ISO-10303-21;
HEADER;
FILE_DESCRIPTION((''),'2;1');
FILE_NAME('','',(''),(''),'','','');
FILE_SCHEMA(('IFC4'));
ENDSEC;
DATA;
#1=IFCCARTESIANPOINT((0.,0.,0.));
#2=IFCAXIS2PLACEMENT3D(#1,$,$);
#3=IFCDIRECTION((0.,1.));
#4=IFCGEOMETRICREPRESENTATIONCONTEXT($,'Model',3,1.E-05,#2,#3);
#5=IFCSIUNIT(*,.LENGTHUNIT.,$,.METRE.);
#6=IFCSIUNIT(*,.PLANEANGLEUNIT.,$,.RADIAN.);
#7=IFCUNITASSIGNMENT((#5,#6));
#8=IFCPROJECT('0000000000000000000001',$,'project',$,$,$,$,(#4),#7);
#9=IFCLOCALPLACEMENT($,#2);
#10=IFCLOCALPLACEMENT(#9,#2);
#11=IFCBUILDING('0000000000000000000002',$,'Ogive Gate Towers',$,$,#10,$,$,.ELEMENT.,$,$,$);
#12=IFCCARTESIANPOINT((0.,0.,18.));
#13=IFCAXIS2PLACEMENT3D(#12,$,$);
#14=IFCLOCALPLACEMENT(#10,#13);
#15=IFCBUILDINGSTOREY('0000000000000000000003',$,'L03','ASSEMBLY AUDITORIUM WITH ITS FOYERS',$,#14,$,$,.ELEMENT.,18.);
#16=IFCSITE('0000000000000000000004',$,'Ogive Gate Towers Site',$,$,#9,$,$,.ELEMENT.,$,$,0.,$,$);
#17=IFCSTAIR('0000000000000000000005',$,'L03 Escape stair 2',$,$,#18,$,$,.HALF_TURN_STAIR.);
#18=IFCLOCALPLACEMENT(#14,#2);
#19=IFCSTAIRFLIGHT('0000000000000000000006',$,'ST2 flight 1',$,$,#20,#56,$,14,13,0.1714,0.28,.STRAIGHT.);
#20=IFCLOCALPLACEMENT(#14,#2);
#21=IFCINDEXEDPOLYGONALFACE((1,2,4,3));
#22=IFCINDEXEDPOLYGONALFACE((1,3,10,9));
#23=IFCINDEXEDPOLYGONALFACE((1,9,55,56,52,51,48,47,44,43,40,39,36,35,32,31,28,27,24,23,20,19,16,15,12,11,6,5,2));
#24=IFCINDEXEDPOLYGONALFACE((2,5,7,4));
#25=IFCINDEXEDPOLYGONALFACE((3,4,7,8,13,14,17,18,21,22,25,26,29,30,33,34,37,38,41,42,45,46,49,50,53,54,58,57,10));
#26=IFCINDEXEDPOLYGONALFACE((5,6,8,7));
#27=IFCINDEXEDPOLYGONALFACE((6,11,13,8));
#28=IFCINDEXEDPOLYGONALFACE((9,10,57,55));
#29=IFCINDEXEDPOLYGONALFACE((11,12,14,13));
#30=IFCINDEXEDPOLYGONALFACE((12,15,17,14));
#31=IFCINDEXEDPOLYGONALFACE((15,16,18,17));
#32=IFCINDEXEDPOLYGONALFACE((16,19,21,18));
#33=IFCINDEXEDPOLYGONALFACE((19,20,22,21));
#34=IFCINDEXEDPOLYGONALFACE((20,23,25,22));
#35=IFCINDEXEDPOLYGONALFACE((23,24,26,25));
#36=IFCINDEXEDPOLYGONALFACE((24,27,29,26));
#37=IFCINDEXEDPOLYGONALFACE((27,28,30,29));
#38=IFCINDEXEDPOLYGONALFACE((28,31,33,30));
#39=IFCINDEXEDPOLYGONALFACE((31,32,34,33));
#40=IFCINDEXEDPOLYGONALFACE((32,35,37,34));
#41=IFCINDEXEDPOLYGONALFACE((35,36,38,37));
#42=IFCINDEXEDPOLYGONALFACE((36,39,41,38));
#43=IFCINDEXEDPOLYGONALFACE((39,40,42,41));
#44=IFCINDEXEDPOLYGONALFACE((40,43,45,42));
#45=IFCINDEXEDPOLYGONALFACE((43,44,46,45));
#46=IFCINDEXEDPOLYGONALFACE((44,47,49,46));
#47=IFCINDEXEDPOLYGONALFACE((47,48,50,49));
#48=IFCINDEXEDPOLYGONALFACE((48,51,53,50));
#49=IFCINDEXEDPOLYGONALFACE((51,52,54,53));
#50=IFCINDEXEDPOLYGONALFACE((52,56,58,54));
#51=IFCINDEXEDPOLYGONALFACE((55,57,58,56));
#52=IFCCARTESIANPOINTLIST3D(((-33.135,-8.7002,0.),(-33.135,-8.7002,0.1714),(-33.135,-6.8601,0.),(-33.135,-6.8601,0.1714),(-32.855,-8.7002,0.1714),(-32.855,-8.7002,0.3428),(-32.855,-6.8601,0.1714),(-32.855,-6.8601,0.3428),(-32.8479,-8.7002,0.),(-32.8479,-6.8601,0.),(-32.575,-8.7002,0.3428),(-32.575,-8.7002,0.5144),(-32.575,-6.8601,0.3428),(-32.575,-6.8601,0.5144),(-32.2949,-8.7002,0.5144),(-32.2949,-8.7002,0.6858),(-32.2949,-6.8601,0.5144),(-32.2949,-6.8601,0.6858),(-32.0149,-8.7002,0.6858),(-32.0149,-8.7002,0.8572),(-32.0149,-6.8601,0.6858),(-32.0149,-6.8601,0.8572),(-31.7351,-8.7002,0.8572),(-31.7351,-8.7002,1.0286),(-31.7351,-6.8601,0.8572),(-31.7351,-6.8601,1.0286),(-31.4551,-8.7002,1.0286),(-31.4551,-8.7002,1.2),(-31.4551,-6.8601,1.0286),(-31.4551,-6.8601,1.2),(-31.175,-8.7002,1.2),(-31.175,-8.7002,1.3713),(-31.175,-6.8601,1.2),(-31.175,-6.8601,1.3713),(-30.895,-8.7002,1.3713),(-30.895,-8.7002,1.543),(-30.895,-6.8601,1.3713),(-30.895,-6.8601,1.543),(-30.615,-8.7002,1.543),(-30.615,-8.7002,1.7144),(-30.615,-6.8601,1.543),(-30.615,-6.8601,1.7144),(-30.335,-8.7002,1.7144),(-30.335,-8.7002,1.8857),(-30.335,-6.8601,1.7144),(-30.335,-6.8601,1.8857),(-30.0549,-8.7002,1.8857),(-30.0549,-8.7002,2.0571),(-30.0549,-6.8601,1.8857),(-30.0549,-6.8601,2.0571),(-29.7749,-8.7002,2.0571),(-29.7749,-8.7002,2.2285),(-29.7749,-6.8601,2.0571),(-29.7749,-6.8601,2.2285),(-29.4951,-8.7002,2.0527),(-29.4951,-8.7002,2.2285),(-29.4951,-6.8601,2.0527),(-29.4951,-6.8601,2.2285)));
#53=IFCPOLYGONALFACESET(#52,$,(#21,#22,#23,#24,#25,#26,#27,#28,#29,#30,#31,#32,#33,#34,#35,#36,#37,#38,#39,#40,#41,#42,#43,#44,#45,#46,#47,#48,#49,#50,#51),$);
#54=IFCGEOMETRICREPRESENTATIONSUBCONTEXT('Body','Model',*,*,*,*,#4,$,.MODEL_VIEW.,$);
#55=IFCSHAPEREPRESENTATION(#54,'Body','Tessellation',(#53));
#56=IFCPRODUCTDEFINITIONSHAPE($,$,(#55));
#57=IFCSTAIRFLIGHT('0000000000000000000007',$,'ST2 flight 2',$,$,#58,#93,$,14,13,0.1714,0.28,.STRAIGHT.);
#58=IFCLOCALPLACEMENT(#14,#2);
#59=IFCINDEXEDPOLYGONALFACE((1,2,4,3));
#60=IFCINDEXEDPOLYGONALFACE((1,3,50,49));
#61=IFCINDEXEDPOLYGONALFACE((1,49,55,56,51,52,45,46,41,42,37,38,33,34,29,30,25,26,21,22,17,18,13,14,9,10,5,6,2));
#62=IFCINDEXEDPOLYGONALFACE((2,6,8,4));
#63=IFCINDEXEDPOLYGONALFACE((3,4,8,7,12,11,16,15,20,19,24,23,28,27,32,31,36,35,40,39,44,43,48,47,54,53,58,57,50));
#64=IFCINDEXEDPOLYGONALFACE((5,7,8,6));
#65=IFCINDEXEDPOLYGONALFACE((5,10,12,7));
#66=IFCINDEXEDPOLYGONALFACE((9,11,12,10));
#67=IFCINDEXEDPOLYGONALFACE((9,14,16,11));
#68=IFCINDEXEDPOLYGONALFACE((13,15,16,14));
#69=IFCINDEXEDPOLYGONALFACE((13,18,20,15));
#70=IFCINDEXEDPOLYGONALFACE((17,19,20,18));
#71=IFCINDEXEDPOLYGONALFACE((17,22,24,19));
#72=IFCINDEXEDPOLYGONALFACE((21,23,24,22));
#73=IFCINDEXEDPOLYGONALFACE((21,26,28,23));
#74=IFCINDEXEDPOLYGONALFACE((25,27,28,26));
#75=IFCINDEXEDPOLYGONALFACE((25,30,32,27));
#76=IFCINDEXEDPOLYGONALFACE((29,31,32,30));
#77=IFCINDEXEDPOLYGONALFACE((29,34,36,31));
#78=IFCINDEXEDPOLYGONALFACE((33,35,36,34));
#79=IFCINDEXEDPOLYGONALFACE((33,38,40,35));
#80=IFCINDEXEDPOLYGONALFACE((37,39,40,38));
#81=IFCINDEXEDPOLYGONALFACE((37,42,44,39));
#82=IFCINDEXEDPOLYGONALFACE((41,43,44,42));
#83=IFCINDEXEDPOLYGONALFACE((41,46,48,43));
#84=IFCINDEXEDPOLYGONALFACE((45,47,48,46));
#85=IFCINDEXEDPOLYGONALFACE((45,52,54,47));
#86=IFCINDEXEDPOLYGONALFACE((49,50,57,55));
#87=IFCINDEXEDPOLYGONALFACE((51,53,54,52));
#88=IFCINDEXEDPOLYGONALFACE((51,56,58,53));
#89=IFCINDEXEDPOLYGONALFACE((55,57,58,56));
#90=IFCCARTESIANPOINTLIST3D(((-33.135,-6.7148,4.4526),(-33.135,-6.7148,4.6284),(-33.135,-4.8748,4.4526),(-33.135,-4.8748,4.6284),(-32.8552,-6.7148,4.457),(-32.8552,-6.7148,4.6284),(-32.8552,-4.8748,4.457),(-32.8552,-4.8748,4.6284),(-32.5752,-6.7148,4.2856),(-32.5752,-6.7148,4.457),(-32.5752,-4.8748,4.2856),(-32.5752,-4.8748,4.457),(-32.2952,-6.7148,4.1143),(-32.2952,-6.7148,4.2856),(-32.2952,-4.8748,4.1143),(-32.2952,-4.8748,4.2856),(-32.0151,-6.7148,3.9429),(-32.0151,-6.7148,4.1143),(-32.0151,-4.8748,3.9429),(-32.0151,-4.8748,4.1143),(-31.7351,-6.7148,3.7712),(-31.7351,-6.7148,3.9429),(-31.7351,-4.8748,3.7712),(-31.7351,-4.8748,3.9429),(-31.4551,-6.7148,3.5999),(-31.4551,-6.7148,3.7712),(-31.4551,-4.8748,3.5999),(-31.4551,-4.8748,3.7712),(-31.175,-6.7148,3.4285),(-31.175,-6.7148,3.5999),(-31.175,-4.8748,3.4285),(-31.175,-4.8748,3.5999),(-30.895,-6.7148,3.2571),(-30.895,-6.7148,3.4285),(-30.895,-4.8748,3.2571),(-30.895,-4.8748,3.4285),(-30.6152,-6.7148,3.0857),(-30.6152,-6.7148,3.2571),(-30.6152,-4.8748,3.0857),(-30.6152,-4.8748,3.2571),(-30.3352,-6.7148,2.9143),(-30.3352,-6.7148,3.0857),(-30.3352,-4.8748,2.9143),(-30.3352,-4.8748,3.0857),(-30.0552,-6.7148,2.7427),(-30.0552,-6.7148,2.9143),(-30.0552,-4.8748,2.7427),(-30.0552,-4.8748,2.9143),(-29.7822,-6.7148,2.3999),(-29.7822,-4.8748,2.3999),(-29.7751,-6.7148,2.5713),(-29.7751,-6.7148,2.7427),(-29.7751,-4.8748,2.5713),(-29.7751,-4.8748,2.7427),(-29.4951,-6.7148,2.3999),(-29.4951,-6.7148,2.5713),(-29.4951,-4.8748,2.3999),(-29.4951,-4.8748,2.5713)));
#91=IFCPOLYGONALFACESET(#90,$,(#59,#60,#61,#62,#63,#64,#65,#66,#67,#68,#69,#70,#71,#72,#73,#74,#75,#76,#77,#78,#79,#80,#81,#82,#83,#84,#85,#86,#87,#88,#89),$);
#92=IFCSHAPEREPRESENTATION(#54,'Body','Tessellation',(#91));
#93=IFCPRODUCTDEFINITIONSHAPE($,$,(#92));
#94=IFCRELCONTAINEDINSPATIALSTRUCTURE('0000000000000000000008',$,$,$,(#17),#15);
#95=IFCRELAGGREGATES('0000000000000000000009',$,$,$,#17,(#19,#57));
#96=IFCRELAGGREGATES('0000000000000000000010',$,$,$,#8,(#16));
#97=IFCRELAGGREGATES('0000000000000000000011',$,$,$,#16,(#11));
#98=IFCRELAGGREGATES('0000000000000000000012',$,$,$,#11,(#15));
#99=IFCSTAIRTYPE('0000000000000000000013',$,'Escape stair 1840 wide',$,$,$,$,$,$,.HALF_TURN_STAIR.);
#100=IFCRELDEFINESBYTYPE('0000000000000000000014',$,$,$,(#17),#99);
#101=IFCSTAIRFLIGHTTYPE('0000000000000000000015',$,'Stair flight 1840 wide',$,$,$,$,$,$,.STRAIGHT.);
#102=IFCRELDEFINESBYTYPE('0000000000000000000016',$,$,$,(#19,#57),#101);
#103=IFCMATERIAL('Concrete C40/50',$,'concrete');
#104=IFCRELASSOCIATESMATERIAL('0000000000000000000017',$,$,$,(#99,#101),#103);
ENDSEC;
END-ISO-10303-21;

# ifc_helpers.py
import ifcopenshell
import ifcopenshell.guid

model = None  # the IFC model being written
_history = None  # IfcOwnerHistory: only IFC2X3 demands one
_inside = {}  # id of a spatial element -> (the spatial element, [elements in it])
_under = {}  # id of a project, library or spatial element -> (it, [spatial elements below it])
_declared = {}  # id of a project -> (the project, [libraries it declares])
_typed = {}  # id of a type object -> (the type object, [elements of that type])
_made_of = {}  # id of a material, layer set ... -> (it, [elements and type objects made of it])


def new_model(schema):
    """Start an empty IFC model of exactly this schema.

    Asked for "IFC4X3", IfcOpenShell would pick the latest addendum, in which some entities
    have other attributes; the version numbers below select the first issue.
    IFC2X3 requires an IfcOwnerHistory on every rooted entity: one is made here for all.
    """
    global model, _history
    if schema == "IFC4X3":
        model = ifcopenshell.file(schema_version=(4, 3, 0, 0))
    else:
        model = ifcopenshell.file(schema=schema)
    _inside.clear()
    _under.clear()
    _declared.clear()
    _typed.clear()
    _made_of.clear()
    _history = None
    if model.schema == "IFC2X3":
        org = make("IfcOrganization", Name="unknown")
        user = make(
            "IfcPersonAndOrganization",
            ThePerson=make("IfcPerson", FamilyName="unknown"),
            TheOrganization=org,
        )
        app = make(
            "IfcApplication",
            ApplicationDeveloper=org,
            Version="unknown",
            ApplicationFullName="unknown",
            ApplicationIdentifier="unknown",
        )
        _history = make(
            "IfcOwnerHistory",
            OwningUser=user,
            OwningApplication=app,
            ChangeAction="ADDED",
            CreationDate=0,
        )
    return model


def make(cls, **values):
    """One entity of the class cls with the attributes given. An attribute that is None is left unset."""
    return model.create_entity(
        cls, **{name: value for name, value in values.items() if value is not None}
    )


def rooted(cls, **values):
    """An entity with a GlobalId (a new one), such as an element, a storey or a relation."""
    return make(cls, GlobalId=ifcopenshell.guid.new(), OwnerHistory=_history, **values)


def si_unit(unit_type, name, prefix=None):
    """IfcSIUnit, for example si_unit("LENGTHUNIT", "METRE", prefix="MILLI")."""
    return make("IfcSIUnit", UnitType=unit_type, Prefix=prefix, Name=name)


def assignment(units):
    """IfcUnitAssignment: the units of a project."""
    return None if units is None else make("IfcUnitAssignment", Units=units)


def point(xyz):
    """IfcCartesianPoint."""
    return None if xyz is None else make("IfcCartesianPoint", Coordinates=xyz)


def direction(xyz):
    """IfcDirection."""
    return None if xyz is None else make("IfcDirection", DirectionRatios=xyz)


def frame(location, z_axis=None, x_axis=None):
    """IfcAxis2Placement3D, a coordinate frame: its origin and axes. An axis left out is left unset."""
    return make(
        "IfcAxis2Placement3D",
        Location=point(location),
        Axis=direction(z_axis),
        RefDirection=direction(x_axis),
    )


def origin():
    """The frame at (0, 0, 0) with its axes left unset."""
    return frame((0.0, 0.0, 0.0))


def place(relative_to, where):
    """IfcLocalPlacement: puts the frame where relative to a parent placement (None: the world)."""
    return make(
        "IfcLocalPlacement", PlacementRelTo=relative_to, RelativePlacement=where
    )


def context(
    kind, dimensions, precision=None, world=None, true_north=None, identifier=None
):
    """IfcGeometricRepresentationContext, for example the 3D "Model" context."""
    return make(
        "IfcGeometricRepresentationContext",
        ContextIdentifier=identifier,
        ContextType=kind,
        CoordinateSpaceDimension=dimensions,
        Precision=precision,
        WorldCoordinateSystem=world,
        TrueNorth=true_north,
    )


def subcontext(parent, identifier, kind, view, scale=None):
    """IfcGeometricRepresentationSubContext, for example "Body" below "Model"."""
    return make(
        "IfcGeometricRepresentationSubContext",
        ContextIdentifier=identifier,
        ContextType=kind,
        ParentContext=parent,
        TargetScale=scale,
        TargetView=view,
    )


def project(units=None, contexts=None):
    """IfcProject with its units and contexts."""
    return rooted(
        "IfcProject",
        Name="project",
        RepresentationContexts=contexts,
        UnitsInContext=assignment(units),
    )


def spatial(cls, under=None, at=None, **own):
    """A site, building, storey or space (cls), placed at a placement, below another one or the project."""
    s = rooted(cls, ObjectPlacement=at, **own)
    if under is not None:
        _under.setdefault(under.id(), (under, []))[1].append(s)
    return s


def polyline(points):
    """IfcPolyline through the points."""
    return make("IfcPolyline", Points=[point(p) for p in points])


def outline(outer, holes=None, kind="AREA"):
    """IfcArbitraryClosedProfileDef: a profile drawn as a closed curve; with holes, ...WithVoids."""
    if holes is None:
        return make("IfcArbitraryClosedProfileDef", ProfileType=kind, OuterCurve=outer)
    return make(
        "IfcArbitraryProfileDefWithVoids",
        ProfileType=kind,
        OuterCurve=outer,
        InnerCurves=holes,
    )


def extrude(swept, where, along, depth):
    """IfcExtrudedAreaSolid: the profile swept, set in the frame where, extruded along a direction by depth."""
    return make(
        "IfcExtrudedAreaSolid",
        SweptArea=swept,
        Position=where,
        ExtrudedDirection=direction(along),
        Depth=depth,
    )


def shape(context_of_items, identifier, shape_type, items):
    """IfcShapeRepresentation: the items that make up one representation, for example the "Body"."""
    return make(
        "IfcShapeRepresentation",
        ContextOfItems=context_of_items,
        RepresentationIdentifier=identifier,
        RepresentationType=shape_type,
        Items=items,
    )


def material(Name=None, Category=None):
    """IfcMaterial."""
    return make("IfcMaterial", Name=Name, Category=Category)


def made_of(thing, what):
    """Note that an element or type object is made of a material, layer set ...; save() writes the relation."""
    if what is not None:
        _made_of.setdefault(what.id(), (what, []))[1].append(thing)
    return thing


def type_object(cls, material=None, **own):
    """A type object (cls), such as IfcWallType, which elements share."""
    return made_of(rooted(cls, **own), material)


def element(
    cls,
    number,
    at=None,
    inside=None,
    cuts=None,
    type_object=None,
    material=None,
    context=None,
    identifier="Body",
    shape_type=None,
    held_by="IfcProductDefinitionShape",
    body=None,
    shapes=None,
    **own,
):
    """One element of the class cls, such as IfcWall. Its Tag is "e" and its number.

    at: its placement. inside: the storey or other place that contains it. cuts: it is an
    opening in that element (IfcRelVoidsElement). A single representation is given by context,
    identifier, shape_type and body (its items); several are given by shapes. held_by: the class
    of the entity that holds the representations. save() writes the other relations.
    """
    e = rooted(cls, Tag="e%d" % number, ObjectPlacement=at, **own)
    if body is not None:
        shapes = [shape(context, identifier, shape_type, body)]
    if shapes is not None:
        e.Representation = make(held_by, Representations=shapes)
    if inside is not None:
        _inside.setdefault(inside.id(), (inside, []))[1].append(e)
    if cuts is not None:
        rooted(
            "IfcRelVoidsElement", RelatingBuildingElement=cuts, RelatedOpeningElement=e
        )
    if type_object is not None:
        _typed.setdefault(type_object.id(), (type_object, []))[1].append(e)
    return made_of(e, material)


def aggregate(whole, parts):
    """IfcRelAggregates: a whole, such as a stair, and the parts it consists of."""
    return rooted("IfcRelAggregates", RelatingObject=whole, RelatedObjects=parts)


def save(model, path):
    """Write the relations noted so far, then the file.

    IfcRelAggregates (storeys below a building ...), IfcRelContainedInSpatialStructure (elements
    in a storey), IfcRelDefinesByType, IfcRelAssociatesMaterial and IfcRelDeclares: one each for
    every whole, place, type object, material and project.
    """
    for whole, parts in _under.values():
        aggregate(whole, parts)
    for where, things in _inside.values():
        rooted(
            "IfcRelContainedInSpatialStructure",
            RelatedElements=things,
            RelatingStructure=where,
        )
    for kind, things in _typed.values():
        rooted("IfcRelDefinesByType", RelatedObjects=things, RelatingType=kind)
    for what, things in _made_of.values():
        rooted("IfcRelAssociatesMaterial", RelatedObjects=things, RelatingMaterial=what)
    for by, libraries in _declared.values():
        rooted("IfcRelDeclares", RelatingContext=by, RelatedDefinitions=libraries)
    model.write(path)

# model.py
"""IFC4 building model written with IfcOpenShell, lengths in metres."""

from ifc_helpers import new_model, si_unit, direction, frame, origin, place, context, subcontext, project, spatial, polyline, outline, extrude, material, type_object, element, aggregate, save


model = new_model("IFC4")

# Units and contexts
model_context = context("Model", 3, precision=1e-05, world=origin(), true_north=direction((0.0, 1.0)))
body_context = subcontext(model_context, "Body", "Model", "MODEL_VIEW")
ifc_project = project(units=[si_unit("LENGTHUNIT", "METRE"), si_unit("PLANEANGLEUNIT", "RADIAN")], contexts=[model_context])

# Site, building, storey
site_placement = place(None, origin())
site = spatial("IfcSite", under=ifc_project, at=site_placement, Name="Ogive Gate Towers Site", CompositionType="ELEMENT", RefElevation=0.0)
building_placement = place(site_placement, origin())
building = spatial("IfcBuilding", under=site, at=building_placement, Name="Ogive Gate Towers", CompositionType="ELEMENT")
storey_placement = place(building_placement, frame((0.0, 0.0, 18.0)))
storey = spatial("IfcBuildingStorey", under=building, at=storey_placement, Name="L03", Description="ASSEMBLY AUDITORIUM WITH ITS FOYERS", CompositionType="ELEMENT", Elevation=18.0)

# Stair, stair flights
ifc_material_1 = material(Name="Concrete C40/50", Category="concrete")
stair_type = type_object("IfcStairType", Name="Escape stair 1840 wide", PredefinedType="HALF_TURN_STAIR", material=ifc_material_1)
stair_placement = place(storey_placement, origin())
stair = element("IfcStair", 1, at=stair_placement, inside=storey, type_object=stair_type, Name="L03 Escape stair 2", PredefinedType="HALF_TURN_STAIR")
stair_flight_type = type_object("IfcStairFlightType", Name="Stair flight 1840 wide", PredefinedType="STRAIGHT", material=ifc_material_1)
stair_flight_1_placement = place(storey_placement, frame((-33.135, -7.78, 0.0), z_axis=(0.0, 0.0, 1.0), x_axis=(1.0, 0.0, 0.0)))
stair_flight_1 = element("IfcStairFlight", 2, at=stair_flight_1_placement, type_object=stair_flight_type, Name="ST2 flight 1", NumberOfRisers=14, NumberOfTreads=13, PredefinedType="STRAIGHT", RiserHeight=0.1714, TreadLength=0.28, context=body_context, shape_type="SweptSolid", body=[
    extrude(outline(polyline([(0.0, 0.0), (0.0, 0.1714), (0.28, 0.1714), (0.28, 0.3428), (0.5601, 0.3428), (0.5601, 0.5144), (0.8401, 0.5144), (0.8401, 0.6858), (1.1201, 0.6858), (1.1201, 0.8572), (1.3999, 0.8572), (1.3999, 1.0286), (1.6799, 1.0286), (1.6799, 1.2), (1.96, 1.2), (1.96, 1.3713), (2.24, 1.3713), (2.24, 1.543), (2.52, 1.543), (2.52, 1.7144), (2.8, 1.7144), (2.8, 1.8857), (3.0801, 1.8857), (3.0801, 2.0571), (3.3601, 2.0571), (3.3601, 2.2285), (3.6399, 2.2285), (3.6399, 2.3999), (3.6399, 2.0527), (0.2871, 0.0), (0.0, 0.0)])), frame((0.0, 0.9199, 0.0), z_axis=(0.0, -1.0, 0.0), x_axis=(1.0, 0.0, 0.0)), (0.0, 0.0, 1.0), 1.8401),
])
stair_flight_2_placement = place(storey_placement, frame((-29.4951, -5.7949, 2.3999), z_axis=(0.0, 0.0, 1.0), x_axis=(-1.0, 0.0, 0.0)))
stair_flight_2 = element("IfcStairFlight", 3, at=stair_flight_2_placement, type_object=stair_flight_type, Name="ST2 flight 2", NumberOfRisers=14, NumberOfTreads=13, PredefinedType="STRAIGHT", RiserHeight=0.1714, TreadLength=0.28, context=body_context, shape_type="SweptSolid", body=[
    extrude(outline(polyline([(0.0, 0.0), (0.0, 0.1714), (0.28, 0.1714), (0.28, 0.3428), (0.5601, 0.3428), (0.5601, 0.5144), (0.8401, 0.5144), (0.8401, 0.6858), (1.1201, 0.6858), (1.1201, 0.8572), (1.3999, 0.8572), (1.3999, 1.0286), (1.6799, 1.0286), (1.6799, 1.2), (1.96, 1.2), (1.96, 1.3713), (2.24, 1.3713), (2.24, 1.543), (2.52, 1.543), (2.52, 1.7144), (2.8, 1.7144), (2.8, 1.8857), (3.0801, 1.8857), (3.0801, 2.0571), (3.3601, 2.0571), (3.3601, 2.2285), (3.6399, 2.2285), (3.6399, 2.3999), (3.6399, 2.0527), (0.2871, 0.0), (0.0, 0.0)])), frame((0.0, 0.9199, 0.0), z_axis=(0.0, -1.0, 0.0), x_axis=(1.0, 0.0, 0.0)), (0.0, 0.0, 1.0), 1.8401),
])
aggregate(stair, [stair_flight_1, stair_flight_2])

save(model, "model.ifc")
